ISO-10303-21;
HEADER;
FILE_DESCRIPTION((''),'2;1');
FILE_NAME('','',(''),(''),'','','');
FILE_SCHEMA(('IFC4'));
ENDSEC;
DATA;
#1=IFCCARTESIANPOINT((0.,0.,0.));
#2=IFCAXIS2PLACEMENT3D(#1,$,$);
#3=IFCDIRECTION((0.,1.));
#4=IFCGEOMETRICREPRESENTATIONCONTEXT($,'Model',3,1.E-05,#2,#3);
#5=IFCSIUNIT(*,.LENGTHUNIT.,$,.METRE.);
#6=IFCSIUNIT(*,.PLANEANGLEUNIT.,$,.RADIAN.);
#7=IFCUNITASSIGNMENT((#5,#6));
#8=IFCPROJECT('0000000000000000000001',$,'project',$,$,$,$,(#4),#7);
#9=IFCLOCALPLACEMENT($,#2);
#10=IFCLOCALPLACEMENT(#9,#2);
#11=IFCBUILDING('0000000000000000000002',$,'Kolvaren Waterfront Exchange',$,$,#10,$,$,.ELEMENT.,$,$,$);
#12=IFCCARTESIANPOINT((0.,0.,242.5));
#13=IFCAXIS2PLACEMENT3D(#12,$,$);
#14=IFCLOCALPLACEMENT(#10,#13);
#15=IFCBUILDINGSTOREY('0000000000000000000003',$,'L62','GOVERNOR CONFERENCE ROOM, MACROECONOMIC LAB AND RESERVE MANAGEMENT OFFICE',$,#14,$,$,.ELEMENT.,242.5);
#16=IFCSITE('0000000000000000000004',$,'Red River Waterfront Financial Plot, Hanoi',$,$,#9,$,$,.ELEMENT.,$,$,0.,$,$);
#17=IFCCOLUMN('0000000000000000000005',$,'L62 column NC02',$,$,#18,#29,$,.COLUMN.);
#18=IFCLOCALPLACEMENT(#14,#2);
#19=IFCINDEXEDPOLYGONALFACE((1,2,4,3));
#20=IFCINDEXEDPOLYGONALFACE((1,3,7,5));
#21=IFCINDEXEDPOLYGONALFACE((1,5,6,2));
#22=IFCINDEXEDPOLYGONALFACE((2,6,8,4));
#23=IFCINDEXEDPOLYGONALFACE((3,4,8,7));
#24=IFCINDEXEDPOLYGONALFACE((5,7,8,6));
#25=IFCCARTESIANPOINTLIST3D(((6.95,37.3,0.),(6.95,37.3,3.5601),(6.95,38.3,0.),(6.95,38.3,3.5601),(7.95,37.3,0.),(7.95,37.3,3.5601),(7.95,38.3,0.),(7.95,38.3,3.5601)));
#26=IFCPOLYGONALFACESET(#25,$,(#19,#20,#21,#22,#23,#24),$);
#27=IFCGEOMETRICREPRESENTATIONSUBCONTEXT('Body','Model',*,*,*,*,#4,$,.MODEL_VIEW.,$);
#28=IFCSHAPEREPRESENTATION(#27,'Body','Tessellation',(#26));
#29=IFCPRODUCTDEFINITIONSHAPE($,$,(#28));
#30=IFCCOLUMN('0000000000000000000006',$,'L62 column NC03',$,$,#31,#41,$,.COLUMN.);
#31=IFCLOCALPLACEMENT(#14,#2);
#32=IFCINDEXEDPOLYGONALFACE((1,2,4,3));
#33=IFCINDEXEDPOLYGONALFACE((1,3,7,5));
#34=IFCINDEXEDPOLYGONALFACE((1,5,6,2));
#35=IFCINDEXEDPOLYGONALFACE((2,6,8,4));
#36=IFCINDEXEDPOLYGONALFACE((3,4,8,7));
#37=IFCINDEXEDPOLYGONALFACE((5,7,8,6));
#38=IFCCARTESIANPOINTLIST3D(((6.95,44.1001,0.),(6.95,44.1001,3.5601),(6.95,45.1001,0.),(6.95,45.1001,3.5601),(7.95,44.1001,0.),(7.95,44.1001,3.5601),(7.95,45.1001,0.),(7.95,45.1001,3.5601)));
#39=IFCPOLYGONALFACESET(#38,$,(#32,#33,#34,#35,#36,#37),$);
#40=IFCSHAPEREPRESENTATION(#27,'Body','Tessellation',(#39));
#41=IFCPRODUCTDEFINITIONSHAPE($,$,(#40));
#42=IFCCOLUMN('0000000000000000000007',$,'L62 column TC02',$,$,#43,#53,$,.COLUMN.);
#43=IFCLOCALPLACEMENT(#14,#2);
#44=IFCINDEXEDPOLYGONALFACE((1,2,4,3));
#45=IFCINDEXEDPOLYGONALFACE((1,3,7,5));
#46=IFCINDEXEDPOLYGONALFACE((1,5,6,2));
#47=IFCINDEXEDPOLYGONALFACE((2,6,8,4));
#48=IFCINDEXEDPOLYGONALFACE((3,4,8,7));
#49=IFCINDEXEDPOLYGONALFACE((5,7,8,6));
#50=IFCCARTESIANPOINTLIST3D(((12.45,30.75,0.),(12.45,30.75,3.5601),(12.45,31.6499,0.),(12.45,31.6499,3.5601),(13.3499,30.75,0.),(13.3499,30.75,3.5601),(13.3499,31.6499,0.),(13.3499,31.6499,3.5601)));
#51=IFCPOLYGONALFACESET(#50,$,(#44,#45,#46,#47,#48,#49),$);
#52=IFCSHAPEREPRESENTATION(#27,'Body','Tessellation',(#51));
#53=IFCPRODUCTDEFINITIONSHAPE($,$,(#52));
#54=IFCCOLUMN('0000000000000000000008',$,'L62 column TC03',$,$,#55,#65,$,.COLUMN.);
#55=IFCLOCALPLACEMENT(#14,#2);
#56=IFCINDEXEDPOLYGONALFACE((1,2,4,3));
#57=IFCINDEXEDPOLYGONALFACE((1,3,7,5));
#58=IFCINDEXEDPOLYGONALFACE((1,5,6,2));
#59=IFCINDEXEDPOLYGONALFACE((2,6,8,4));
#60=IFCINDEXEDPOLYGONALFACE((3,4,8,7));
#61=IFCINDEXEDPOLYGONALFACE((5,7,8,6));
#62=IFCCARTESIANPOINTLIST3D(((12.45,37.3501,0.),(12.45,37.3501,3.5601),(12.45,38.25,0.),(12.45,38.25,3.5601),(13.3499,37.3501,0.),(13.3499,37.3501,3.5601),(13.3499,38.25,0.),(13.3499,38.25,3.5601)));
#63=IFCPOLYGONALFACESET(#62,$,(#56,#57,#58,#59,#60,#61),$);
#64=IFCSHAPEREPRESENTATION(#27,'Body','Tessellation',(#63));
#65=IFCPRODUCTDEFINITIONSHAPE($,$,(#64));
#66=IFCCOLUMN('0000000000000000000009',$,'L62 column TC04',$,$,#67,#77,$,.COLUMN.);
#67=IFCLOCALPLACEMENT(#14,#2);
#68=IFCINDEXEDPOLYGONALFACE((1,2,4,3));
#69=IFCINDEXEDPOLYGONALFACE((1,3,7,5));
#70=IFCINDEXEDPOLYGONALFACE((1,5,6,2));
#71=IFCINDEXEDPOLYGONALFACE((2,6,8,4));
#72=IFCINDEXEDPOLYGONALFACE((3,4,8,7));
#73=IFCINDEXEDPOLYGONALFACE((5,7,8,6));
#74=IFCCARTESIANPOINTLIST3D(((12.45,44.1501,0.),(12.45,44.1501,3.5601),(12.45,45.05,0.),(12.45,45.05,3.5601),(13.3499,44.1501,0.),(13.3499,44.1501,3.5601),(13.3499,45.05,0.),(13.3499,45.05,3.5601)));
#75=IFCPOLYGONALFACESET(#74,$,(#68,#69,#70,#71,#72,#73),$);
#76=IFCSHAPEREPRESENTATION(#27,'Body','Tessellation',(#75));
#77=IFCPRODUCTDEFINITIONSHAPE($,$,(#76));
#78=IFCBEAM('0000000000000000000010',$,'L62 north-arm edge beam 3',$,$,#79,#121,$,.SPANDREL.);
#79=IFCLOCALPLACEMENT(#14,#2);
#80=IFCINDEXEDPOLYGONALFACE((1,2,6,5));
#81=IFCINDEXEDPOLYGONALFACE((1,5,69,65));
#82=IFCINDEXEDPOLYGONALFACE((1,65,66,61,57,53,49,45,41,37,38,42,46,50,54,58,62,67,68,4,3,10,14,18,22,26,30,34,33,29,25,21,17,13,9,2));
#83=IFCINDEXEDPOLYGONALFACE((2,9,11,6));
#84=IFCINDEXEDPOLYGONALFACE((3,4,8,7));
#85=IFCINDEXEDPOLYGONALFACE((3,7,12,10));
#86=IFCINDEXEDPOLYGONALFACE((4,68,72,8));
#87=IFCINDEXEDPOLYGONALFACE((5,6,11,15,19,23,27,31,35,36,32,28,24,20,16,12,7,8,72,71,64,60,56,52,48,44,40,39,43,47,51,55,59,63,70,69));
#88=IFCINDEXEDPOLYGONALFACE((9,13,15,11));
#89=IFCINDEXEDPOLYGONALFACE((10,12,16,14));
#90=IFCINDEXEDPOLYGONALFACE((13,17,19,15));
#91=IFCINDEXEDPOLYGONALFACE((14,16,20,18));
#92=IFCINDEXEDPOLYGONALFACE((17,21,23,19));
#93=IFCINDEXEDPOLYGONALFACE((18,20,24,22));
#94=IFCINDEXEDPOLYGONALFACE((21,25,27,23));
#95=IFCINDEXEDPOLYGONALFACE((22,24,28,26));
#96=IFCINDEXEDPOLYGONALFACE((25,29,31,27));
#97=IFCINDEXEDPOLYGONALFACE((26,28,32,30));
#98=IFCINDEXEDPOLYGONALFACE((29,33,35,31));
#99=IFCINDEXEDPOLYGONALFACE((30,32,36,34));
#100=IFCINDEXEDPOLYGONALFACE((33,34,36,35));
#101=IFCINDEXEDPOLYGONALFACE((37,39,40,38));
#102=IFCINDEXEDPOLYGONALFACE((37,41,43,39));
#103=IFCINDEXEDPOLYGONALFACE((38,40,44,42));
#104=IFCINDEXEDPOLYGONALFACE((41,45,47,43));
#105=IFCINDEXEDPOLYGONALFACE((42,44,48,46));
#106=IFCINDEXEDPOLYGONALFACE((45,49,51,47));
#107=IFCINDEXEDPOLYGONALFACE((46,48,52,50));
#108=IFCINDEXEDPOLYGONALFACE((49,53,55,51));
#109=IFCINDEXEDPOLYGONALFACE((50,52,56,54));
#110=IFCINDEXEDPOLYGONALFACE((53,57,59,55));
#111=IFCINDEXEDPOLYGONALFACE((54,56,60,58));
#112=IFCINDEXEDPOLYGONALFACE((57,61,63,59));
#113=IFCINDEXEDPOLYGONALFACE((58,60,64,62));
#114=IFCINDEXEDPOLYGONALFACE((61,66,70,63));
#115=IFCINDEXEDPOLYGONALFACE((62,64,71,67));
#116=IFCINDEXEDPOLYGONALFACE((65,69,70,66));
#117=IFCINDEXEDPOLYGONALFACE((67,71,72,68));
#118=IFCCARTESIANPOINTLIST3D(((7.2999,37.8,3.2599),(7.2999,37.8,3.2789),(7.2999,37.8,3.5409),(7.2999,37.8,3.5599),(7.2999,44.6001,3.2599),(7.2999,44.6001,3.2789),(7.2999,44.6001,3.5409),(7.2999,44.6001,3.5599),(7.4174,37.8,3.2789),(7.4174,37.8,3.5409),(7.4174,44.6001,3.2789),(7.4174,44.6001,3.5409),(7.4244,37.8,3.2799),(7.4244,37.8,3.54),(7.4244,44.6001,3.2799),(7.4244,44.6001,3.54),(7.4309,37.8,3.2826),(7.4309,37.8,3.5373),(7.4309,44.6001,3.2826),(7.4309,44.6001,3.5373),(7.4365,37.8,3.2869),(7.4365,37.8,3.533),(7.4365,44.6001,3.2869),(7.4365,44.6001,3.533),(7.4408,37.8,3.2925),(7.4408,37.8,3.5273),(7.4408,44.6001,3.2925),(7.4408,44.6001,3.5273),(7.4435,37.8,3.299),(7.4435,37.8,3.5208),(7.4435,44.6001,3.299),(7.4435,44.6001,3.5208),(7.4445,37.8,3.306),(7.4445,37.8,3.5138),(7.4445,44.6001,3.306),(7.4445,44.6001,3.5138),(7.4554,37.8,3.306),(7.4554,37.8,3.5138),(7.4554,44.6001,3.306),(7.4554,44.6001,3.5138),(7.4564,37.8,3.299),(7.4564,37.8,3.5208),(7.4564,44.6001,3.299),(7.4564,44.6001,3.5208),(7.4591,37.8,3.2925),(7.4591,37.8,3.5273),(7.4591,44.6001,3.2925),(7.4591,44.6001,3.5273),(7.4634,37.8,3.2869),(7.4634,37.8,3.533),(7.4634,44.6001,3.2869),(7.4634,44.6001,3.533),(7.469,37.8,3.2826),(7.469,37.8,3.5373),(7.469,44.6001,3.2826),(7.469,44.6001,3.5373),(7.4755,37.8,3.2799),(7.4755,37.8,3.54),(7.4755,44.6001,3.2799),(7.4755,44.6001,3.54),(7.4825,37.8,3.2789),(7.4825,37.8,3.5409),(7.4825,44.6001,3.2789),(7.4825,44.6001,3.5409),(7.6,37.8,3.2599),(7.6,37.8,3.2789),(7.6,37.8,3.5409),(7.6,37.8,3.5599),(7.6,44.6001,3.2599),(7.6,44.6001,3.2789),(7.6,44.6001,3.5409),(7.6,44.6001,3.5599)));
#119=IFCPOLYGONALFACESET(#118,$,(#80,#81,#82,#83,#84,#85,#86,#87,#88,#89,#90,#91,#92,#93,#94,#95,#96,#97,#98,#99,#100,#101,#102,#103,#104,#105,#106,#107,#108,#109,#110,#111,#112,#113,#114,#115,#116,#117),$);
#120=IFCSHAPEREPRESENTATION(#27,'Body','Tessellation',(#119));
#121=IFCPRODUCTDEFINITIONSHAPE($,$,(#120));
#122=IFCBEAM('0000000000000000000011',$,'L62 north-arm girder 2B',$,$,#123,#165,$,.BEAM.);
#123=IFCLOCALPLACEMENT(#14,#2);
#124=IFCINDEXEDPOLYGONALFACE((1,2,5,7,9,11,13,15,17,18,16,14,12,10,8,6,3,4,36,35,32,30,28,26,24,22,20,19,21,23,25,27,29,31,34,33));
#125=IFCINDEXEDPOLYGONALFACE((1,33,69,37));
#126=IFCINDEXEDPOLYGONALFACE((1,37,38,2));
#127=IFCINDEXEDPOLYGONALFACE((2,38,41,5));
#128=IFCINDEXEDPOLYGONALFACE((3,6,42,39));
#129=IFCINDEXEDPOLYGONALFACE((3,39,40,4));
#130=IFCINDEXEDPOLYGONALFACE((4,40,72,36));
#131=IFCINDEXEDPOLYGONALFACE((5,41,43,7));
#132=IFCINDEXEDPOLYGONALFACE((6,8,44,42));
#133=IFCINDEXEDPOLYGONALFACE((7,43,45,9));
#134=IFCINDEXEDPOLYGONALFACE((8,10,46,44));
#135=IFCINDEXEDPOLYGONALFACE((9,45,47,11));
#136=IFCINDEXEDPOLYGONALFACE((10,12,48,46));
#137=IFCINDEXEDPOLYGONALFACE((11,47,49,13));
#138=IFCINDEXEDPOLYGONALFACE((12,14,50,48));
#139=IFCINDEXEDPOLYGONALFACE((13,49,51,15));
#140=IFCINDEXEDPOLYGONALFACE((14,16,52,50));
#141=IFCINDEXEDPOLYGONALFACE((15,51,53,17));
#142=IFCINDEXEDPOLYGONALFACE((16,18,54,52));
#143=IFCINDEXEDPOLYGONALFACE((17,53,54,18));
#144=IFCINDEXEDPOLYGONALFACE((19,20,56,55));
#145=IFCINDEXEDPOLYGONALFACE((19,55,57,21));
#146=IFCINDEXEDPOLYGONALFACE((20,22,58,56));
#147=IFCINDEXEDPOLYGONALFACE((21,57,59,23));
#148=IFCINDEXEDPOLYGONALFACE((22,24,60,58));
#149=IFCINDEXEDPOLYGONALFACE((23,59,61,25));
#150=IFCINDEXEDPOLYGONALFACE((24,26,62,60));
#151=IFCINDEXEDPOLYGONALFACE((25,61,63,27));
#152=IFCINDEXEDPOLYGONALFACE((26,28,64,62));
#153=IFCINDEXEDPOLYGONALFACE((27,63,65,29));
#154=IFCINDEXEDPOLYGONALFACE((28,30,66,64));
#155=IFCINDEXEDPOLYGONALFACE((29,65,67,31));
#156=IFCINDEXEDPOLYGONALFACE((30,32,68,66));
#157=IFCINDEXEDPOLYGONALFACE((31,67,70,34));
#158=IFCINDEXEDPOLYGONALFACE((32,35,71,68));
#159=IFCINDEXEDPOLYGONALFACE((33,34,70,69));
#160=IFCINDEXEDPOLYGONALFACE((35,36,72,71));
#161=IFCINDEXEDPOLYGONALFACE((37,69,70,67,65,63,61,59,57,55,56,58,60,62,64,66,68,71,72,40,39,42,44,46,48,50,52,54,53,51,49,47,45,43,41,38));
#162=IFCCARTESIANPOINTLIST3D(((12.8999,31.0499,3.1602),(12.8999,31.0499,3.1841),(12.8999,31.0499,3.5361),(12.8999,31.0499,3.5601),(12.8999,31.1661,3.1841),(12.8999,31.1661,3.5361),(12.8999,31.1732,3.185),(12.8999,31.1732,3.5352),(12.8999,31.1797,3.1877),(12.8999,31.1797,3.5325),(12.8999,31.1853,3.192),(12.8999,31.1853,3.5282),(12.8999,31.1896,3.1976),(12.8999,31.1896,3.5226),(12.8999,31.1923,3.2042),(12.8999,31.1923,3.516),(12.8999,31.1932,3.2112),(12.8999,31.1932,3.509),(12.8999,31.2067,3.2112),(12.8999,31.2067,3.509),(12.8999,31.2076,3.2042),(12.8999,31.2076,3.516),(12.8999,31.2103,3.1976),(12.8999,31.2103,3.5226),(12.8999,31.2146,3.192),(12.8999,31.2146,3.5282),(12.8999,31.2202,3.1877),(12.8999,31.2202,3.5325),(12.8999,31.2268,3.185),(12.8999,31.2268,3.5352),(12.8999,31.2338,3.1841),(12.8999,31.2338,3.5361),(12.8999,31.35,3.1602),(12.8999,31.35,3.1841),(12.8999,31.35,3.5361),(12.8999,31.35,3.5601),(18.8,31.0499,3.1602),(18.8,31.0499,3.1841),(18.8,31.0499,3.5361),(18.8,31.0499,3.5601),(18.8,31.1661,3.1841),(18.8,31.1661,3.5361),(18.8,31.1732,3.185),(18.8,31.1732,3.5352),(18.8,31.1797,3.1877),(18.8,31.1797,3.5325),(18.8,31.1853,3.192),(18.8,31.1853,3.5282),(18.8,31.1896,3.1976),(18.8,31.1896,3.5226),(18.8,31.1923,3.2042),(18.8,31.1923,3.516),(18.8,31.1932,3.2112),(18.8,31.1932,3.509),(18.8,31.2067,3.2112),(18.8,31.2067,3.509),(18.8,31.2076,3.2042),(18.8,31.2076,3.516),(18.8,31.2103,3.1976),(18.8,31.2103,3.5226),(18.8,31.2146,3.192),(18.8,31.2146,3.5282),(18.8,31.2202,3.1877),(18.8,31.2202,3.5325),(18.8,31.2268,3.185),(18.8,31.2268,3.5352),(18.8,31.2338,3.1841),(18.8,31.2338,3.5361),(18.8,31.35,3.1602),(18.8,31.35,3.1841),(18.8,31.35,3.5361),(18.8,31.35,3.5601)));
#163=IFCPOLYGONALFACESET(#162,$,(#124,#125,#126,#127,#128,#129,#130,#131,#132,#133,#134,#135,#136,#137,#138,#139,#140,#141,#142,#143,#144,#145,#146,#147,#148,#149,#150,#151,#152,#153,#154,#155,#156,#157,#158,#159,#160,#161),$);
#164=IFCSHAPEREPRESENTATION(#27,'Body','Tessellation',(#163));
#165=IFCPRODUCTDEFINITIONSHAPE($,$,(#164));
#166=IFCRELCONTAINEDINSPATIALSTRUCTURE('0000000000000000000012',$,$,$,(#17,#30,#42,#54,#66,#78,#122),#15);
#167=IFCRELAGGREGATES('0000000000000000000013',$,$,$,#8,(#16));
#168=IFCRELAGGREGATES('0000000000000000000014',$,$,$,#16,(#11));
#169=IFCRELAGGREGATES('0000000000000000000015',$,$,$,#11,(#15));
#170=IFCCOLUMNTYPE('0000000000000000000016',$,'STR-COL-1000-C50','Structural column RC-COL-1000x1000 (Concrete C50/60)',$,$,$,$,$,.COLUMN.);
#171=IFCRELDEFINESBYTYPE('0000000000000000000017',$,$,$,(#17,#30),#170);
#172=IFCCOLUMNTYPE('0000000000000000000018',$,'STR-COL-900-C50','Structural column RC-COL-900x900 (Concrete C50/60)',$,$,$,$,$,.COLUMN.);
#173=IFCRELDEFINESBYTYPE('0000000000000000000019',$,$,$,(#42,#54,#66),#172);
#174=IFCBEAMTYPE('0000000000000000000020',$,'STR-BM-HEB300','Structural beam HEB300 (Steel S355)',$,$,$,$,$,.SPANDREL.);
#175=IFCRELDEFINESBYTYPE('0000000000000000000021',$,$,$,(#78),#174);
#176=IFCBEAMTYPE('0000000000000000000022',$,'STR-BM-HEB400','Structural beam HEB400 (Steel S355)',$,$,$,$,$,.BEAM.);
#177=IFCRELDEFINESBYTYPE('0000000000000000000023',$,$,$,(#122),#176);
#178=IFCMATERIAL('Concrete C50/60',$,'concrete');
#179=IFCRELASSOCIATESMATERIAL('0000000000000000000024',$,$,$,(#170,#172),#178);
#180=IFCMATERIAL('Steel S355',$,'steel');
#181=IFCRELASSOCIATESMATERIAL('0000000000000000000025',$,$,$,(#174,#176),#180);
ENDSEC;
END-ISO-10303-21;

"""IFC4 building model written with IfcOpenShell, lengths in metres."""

from ifc_helpers import new_model, si_unit, direction, frame, origin, origin_2d, place, context, subcontext, project, spatial, rectangle, i_section, extrude, material, material_profile, profile_set, type_object, element, save


model = new_model("IFC4")

# Units and contexts
model_context = context("Model", 3, precision=1e-05, world=origin(), true_north=direction((0.0, 1.0)))
body_context = subcontext(model_context, "Body", "Model", "MODEL_VIEW")
ifc_project = project(units=[si_unit("LENGTHUNIT", "METRE"), si_unit("PLANEANGLEUNIT", "RADIAN")], contexts=[model_context])

# Site, building, storey
site_placement = place(None, origin())
site = spatial("IfcSite", under=ifc_project, at=site_placement, Name="Red River Waterfront Financial Plot, Hanoi", CompositionType="ELEMENT", RefElevation=0.0)
building_placement = place(site_placement, origin())
building = spatial("IfcBuilding", under=site, at=building_placement, Name="Kolvaren Waterfront Exchange", CompositionType="ELEMENT")
storey_placement = place(building_placement, frame((0.0, 0.0, 242.5)))
storey = spatial("IfcBuildingStorey", under=building, at=storey_placement, Name="L62", Description="GOVERNOR CONFERENCE ROOM, MACROECONOMIC LAB AND RESERVE MANAGEMENT OFFICE", CompositionType="ELEMENT", Elevation=242.5)

# Columns
ifc_material_1 = material(Name="Concrete C50/60", Category="concrete")
ifc_material_profile_1 = material_profile(ifc_material_1, rectangle(XDim=1.0, YDim=1.0, at=origin_2d()), Name="RC-COL-1000x1000")
ifc_profile_set_1 = profile_set([ifc_material_profile_1], Name="Concrete C50/60")
column_type_1 = type_object("IfcColumnType", Name="STR-COL-1000-C50", Description="Structural column RC-COL-1000x1000 (Concrete C50/60)", PredefinedType="COLUMN", material=ifc_profile_set_1)
for number, where, z_axis, x_axis, name in (
    (1, (7.45, 37.8, 0.0), (0.0, 0.0, 1.0), (1.0, 0.0, 0.0), "L62 column NC02"),
    (2, (7.45, 44.6001, 0.0), (0.0, 0.0, 1.0), (1.0, 0.0, 0.0), "L62 column NC03"),
):
    element("IfcColumn", number, at=place(storey_placement, frame(where, z_axis=z_axis, x_axis=x_axis)), inside=storey, type_object=column_type_1, Name=name, PredefinedType="COLUMN", context=body_context, shape_type="SweptSolid", body=[
        extrude(rectangle(XDim=1.0, YDim=1.0, at=origin_2d()), origin(), (0.0, 0.0, 1.0), 3.5601),
    ])
ifc_material_profile_2 = material_profile(ifc_material_1, rectangle(XDim=0.8999, YDim=0.8999, at=origin_2d()), Name="RC-COL-900x900")
ifc_profile_set_2 = profile_set([ifc_material_profile_2], Name="Concrete C50/60")
column_type_2 = type_object("IfcColumnType", Name="STR-COL-900-C50", Description="Structural column RC-COL-900x900 (Concrete C50/60)", PredefinedType="COLUMN", material=ifc_profile_set_2)
for number, where, z_axis, x_axis, name in (
    (3, (12.8999, 31.2, 0.0), (0.0, 0.0, 1.0), (1.0, 0.0, 0.0), "L62 column TC02"),
    (4, (12.8999, 37.8, 0.0), (0.0, 0.0, 1.0), (1.0, 0.0, 0.0), "L62 column TC03"),
    (5, (12.8999, 44.6001, 0.0), (0.0, 0.0, 1.0), (1.0, 0.0, 0.0), "L62 column TC04"),
):
    element("IfcColumn", number, at=place(storey_placement, frame(where, z_axis=z_axis, x_axis=x_axis)), inside=storey, type_object=column_type_2, Name=name, PredefinedType="COLUMN", context=body_context, shape_type="SweptSolid", body=[
        extrude(rectangle(XDim=0.8999, YDim=0.8999, at=origin_2d()), origin(), (0.0, 0.0, 1.0), 3.5601),
    ])

# Beams
ifc_material_2 = material(Name="Steel S355", Category="steel")
ifc_material_profile_3 = material_profile(ifc_material_2, i_section(OverallWidth=0.3, OverallDepth=0.3, WebThickness=0.011, FlangeThickness=0.019, FilletRadius=0.0271, at=origin_2d()), Name="HEB300")
ifc_profile_set_3 = profile_set([ifc_material_profile_3], Name="Steel S355")
beam_type_1 = type_object("IfcBeamType", Name="STR-BM-HEB300", Description="Structural beam HEB300 (Steel S355)", PredefinedType="SPANDREL", material=ifc_profile_set_3)
beam_1_placement = place(storey_placement, frame((7.45, 37.8, 3.4099), z_axis=(0.0, 1.0, 0.0), x_axis=(-1.0, 0.0, 0.0)))
element("IfcBeam", 6, at=beam_1_placement, inside=storey, type_object=beam_type_1, Name="L62 north-arm edge beam 3", PredefinedType="SPANDREL", context=body_context, shape_type="SweptSolid", body=[
    extrude(i_section(OverallWidth=0.3, OverallDepth=0.3, WebThickness=0.011, FlangeThickness=0.019, FilletRadius=0.0271, at=origin_2d()), origin(), (0.0, 0.0, 1.0), 6.8),
])
ifc_material_profile_4 = material_profile(ifc_material_2, i_section(OverallWidth=0.3, OverallDepth=0.3999, WebThickness=0.0134, FlangeThickness=0.0239, FilletRadius=0.0271, at=origin_2d()), Name="HEB400")
ifc_profile_set_4 = profile_set([ifc_material_profile_4], Name="Steel S355")
beam_type_2 = type_object("IfcBeamType", Name="STR-BM-HEB400", Description="Structural beam HEB400 (Steel S355)", PredefinedType="BEAM", material=ifc_profile_set_4)
beam_2_placement = place(storey_placement, frame((12.8999, 31.2, 3.3601), z_axis=(1.0, 0.0, 0.0), x_axis=(0.0, 1.0, 0.0)))
element("IfcBeam", 7, at=beam_2_placement, inside=storey, type_object=beam_type_2, Name="L62 north-arm girder 2B", PredefinedType="BEAM", context=body_context, shape_type="SweptSolid", body=[
    extrude(i_section(OverallWidth=0.3, OverallDepth=0.3999, WebThickness=0.0134, FlangeThickness=0.0239, FilletRadius=0.0271, at=origin_2d()), origin(), (0.0, 0.0, 1.0), 5.9001),
])

save(model, "model.ifc")
